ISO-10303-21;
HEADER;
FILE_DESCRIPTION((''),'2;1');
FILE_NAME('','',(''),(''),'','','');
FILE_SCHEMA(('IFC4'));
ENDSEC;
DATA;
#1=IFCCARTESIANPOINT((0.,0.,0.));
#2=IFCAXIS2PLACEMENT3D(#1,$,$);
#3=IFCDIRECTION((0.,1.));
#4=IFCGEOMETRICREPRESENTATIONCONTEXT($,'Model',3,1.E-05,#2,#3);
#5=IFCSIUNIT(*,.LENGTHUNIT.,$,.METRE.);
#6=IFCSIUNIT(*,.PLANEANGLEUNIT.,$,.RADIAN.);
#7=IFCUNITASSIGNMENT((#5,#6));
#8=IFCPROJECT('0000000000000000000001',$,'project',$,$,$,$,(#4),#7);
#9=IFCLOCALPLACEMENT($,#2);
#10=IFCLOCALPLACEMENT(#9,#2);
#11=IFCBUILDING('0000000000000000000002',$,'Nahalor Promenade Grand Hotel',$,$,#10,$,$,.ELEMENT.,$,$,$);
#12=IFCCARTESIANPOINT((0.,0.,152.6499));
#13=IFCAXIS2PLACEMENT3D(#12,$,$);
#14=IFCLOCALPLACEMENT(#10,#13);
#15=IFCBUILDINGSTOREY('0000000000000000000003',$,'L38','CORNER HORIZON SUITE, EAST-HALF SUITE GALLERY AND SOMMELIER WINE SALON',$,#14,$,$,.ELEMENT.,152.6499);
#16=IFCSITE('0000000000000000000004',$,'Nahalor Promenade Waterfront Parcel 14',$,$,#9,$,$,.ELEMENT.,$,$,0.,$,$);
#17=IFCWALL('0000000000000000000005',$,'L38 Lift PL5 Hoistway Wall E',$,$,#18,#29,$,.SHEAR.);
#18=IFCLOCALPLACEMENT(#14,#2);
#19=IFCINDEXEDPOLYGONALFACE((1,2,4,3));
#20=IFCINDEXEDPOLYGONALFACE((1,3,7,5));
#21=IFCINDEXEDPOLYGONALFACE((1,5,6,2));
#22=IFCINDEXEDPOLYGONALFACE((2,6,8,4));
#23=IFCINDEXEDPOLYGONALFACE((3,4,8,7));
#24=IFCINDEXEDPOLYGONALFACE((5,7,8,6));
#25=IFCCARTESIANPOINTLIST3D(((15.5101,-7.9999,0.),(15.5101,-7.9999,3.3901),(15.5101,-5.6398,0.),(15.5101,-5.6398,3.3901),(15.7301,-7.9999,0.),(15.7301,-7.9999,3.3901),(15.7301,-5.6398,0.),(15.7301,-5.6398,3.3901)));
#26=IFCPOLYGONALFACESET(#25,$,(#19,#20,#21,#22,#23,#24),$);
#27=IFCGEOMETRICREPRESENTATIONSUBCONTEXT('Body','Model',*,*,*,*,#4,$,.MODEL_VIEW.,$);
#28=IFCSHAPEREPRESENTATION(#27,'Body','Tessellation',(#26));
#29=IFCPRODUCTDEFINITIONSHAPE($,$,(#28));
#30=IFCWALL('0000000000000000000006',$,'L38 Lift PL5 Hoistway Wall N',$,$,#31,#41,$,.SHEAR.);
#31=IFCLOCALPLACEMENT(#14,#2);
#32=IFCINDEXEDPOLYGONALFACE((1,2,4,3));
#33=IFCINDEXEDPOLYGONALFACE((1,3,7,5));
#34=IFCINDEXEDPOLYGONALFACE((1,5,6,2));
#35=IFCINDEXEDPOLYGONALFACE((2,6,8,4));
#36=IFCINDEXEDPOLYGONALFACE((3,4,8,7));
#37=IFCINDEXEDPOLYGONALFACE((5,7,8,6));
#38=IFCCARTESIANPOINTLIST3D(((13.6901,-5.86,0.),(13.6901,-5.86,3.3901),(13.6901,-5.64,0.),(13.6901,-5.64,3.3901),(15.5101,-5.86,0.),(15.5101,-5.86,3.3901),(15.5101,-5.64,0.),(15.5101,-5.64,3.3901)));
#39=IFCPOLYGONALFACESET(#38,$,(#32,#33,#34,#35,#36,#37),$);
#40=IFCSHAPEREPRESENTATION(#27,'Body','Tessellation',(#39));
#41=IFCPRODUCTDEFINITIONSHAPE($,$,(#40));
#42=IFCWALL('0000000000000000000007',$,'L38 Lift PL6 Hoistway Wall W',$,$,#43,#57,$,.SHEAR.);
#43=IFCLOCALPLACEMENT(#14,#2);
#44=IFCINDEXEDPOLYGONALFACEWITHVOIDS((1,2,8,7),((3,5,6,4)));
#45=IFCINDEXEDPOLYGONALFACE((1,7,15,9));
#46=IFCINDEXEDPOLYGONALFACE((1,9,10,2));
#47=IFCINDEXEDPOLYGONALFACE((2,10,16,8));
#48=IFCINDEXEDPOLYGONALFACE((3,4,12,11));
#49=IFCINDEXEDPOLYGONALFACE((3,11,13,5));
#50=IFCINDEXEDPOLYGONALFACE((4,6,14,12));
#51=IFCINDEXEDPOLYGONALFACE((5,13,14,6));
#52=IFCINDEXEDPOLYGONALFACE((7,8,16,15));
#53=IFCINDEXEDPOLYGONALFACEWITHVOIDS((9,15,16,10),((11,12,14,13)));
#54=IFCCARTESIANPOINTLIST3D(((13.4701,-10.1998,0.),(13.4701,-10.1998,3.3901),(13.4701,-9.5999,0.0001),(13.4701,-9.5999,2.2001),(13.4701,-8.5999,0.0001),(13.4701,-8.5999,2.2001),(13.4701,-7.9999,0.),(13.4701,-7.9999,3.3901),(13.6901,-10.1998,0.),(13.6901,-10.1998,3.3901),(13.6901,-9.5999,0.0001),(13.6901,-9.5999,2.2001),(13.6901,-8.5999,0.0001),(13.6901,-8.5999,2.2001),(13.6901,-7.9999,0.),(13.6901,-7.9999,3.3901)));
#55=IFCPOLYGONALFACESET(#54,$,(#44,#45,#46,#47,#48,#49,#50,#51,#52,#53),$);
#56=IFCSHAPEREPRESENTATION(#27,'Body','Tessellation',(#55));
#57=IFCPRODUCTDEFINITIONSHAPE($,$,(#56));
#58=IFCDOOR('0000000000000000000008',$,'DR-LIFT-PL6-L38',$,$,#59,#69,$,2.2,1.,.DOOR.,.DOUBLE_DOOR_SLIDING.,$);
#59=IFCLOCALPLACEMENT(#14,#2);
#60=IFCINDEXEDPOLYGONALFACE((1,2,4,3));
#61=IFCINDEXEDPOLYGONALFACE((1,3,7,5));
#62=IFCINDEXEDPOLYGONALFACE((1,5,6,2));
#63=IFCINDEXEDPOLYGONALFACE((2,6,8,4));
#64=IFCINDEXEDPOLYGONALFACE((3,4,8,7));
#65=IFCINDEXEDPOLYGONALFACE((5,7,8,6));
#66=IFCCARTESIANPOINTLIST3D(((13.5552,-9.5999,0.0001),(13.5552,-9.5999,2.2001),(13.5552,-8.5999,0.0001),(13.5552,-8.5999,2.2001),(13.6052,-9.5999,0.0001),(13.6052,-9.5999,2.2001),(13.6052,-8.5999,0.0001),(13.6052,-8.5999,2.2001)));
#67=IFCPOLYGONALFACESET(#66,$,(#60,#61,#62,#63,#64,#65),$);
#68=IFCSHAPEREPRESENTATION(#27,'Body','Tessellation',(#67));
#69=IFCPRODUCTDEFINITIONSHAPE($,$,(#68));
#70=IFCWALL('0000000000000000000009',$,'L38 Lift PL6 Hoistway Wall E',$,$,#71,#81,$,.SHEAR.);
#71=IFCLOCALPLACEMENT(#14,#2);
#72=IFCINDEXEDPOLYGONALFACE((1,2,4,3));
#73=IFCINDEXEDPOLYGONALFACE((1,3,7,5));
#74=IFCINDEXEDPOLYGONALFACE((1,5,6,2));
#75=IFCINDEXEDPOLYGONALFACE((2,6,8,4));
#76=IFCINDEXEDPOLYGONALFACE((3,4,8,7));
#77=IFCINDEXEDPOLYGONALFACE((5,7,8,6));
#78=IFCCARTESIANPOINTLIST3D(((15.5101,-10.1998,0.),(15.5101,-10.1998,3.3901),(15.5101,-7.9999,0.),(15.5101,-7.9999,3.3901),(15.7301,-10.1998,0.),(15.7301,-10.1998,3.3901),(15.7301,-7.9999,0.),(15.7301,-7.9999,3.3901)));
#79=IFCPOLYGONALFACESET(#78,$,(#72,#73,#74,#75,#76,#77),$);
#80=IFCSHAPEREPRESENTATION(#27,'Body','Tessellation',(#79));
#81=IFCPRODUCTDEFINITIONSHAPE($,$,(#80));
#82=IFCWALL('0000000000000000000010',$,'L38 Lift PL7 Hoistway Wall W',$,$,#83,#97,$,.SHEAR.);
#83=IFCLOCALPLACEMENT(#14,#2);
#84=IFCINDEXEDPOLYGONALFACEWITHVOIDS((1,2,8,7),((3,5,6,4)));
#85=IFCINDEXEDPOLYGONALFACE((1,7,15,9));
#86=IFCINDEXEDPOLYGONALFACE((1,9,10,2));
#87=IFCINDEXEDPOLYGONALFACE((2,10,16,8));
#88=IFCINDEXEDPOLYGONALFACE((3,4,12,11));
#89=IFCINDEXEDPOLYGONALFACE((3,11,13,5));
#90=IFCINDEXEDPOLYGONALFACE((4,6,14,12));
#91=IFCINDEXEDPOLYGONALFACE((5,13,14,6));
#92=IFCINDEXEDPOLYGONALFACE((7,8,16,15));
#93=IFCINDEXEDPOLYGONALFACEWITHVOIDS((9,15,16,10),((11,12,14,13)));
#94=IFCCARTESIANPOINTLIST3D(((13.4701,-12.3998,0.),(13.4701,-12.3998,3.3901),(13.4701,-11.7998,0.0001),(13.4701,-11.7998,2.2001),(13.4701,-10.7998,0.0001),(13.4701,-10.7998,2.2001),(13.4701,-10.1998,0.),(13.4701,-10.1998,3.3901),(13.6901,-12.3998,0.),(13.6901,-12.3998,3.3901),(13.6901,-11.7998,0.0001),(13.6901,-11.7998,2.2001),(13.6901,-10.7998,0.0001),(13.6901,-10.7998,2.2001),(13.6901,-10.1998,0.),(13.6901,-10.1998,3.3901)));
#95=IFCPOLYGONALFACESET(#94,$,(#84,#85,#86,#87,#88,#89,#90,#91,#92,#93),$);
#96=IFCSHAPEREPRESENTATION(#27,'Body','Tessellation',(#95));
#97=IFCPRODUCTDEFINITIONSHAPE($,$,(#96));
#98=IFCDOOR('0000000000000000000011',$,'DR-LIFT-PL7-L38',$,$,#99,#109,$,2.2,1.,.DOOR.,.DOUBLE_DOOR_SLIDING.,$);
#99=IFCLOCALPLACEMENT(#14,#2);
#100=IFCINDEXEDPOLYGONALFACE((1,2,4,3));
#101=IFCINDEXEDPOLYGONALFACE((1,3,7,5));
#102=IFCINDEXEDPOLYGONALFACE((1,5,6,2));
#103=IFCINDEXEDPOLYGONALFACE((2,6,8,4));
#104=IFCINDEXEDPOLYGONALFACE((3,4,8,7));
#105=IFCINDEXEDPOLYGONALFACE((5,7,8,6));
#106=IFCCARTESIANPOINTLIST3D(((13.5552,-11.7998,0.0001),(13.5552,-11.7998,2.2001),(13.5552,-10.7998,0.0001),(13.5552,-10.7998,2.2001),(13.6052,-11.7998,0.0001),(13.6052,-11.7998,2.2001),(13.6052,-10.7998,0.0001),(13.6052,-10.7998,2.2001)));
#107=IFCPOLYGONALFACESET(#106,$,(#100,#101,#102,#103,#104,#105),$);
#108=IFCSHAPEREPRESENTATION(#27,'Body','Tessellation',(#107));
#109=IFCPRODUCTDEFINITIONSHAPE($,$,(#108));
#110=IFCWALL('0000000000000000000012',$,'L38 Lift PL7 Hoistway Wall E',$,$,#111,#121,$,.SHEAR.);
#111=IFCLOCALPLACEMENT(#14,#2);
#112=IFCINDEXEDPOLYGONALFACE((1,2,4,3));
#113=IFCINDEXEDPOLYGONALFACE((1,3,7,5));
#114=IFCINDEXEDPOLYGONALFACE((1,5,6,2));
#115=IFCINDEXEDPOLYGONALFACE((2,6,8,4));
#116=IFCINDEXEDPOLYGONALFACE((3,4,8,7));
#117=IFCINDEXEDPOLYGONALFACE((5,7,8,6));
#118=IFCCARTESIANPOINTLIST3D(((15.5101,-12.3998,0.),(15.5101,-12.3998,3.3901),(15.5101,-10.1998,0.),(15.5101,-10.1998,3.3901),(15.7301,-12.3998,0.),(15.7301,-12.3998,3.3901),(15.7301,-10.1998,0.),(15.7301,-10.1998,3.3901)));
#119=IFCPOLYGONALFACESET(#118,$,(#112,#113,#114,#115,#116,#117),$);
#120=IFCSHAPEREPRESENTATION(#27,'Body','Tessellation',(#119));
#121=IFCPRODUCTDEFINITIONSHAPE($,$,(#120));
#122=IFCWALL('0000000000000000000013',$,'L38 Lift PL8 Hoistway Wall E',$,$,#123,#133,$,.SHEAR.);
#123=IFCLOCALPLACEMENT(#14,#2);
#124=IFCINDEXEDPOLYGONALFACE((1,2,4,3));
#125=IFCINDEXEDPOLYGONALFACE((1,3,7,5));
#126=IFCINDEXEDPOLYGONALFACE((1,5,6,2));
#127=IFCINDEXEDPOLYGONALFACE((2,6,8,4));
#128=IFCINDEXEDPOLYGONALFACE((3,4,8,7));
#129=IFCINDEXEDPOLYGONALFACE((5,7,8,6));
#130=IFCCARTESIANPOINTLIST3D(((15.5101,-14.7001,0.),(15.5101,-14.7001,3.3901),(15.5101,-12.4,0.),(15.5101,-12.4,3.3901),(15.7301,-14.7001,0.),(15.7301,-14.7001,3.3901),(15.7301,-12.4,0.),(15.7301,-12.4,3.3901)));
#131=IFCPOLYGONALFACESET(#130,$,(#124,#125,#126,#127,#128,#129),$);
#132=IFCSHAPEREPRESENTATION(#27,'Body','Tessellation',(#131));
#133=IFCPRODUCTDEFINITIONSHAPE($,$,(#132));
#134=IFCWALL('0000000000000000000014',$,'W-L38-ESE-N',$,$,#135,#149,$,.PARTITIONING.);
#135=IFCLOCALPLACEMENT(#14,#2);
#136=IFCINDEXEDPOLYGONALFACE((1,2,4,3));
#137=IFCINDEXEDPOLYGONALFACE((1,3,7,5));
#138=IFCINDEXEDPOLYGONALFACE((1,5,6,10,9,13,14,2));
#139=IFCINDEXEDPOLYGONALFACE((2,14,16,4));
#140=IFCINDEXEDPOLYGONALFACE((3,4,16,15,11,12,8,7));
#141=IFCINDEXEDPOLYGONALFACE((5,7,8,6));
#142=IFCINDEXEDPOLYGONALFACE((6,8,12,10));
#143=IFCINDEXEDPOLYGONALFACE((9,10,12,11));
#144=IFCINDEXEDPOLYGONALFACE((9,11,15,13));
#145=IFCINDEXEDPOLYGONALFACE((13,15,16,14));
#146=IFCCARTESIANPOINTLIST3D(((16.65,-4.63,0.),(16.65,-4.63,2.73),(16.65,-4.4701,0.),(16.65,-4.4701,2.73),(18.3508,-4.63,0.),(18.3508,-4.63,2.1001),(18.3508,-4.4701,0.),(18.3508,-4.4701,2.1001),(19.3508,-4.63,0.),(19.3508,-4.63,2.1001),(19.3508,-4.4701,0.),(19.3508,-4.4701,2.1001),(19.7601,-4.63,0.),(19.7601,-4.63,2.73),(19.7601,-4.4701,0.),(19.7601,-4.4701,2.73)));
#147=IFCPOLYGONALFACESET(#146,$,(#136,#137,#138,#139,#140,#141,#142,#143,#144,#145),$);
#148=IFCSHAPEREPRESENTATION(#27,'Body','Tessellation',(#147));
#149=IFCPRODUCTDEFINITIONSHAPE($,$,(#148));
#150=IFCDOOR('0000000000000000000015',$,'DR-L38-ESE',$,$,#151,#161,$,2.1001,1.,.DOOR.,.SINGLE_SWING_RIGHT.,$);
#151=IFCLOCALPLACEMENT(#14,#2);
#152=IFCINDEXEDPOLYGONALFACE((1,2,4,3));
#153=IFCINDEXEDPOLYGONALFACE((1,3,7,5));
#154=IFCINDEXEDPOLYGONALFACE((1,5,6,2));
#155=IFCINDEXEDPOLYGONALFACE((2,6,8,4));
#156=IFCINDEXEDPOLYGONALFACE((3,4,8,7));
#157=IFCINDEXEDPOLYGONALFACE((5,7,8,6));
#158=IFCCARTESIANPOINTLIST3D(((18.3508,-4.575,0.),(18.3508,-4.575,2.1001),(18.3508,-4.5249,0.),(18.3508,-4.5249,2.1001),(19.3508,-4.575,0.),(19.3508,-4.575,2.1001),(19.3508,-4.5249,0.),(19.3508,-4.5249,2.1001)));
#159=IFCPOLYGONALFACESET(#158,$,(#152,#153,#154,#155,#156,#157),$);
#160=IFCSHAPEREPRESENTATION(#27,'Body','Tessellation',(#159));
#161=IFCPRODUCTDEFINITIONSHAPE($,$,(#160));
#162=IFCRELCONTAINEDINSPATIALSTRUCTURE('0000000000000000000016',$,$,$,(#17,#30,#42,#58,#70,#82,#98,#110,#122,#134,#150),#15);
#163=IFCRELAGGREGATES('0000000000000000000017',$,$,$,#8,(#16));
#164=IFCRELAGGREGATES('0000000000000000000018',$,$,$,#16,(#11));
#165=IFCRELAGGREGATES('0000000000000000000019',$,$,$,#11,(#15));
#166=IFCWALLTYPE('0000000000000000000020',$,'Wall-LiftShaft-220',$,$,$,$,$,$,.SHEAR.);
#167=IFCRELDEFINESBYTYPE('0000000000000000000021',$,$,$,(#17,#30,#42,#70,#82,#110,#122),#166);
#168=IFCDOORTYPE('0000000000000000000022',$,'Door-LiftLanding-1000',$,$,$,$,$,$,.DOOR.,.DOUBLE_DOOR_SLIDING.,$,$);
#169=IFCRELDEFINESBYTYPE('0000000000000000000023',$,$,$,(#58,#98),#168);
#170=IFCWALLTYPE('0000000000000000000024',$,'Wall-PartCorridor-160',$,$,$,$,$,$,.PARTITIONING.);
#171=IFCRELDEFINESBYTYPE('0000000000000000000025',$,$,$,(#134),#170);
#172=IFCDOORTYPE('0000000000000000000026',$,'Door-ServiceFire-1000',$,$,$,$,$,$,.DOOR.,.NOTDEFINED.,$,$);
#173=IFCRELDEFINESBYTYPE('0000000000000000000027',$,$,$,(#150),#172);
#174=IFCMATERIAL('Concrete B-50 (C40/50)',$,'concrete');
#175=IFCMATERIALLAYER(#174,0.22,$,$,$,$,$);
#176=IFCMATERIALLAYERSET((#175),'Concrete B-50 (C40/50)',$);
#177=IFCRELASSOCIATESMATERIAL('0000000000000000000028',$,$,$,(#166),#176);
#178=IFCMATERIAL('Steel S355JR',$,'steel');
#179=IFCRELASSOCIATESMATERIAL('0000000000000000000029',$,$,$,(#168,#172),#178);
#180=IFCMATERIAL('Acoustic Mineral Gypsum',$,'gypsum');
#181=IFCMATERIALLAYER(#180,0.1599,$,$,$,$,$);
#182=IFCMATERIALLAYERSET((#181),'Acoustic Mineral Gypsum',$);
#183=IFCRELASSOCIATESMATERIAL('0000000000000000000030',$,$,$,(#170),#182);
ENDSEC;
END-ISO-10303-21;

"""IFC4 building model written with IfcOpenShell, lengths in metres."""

from ifc_helpers import new_model, si_unit, direction, frame, frame_2d, origin, place, context, subcontext, project, spatial, rectangle, extrude, source, transform, mapped, material, layer, layer_set, type_object, element, fill, save


model = new_model("IFC4")

# Units and contexts
model_context = context("Model", 3, precision=1e-05, world=origin(), true_north=direction((0.0, 1.0)))
body_context = subcontext(model_context, "Body", "Model", "MODEL_VIEW")
ifc_project = project(units=[si_unit("LENGTHUNIT", "METRE"), si_unit("PLANEANGLEUNIT", "RADIAN")], contexts=[model_context])

# Site, building, storey
site_placement = place(None, origin())
site = spatial("IfcSite", under=ifc_project, at=site_placement, Name="Nahalor Promenade Waterfront Parcel 14", CompositionType="ELEMENT", RefElevation=0.0)
building_placement = place(site_placement, origin())
building = spatial("IfcBuilding", under=site, at=building_placement, Name="Nahalor Promenade Grand Hotel", CompositionType="ELEMENT")
storey_placement = place(building_placement, frame((0.0, 0.0, 152.6499)))
storey = spatial("IfcBuildingStorey", under=building, at=storey_placement, Name="L38", Description="CORNER HORIZON SUITE, EAST-HALF SUITE GALLERY AND SOMMELIER WINE SALON", CompositionType="ELEMENT", Elevation=152.6499)

# Shared definitions
ifc_material_1 = material(Name="Steel S355JR", Category="steel")

# Shared definitions
ifc_material_2 = material(Name="Concrete B-50 (C40/50)", Category="concrete")
ifc_layer_1 = layer(ifc_material_2, 0.22)
ifc_layer_set_1 = layer_set([ifc_layer_1], Name="Concrete B-50 (C40/50)")
wall_type_1 = type_object("IfcWallType", Name="Wall-LiftShaft-220", PredefinedType="SHEAR", material=ifc_layer_set_1)

# Shared definitions
shared_shape_1 = source(origin(), body_context, "Body", "SweptSolid", [
    extrude(rectangle(XDim=2.3601, YDim=0.22, at=frame_2d((1.1802, 0.0))), origin(), (0.0, 0.0, 1.0), 3.3901),
])
door_type_1 = type_object("IfcDoorType", Name="Door-LiftLanding-1000", OperationType="DOUBLE_DOOR_SLIDING", PredefinedType="DOOR", material=ifc_material_1)
shared_shape_2 = source(origin(), body_context, "Body", "SweptSolid", [
    extrude(rectangle(XDim=1.0, YDim=2.2, at=frame_2d((0.5, 1.1001))), frame((0.0, 0.0249, 0.0), z_axis=(0.0, -1.0, 0.0), x_axis=(1.0, 0.0, 0.0)), (0.0, 0.0, 1.0), 0.05),
])

# Walls
wall_1_placement = place(storey_placement, frame((15.6201, -8.0, 0.0), z_axis=(0.0, 0.0, 1.0), x_axis=(0.0, 1.0, 0.0)))
element("IfcWall", 1, at=wall_1_placement, inside=storey, type_object=wall_type_1, Name="L38 Lift PL5 Hoistway Wall E", PredefinedType="SHEAR", context=body_context, shape_type="MappedRepresentation", body=[
    mapped(shared_shape_1, transform((0.0, 0.0, 0.0), scale=1.0)),
])
shared_shape_3 = source(origin(), body_context, "Body", "SweptSolid", [
    extrude(rectangle(XDim=1.8201, YDim=0.22, at=frame_2d((0.9102, 0.0))), origin(), (0.0, 0.0, 1.0), 3.3901),
])
wall_2_placement = place(storey_placement, frame((13.6899, -5.75, 0.0), z_axis=(0.0, 0.0, 1.0), x_axis=(1.0, 0.0, 0.0)))
element("IfcWall", 2, at=wall_2_placement, inside=storey, type_object=wall_type_1, Name="L38 Lift PL5 Hoistway Wall N", PredefinedType="SHEAR", context=body_context, shape_type="MappedRepresentation", body=[
    mapped(shared_shape_3, transform((0.0, 0.0, 0.0), scale=1.0)),
])

# Wall, opening, door
shared_shape_4 = source(origin(), body_context, "Body", "SweptSolid", [
    extrude(rectangle(XDim=2.2, YDim=0.22, at=frame_2d((1.1001, 0.0))), origin(), (0.0, 0.0, 1.0), 3.3901),
])
wall_3_placement = place(storey_placement, frame((13.5801, -10.2, 0.0), z_axis=(0.0, 0.0, 1.0), x_axis=(0.0, 1.0, 0.0)))
wall_3 = element("IfcWall", 3, at=wall_3_placement, inside=storey, type_object=wall_type_1, Name="L38 Lift PL6 Hoistway Wall W", PredefinedType="SHEAR", context=body_context, shape_type="MappedRepresentation", body=[
    mapped(shared_shape_4, transform((0.0, 0.0, 0.0), scale=1.0)),
])
opening_1_placement = place(wall_3_placement, frame((0.6001, 0.0, 0.0)))
opening_1 = element("IfcOpeningElement", 4, at=opening_1_placement, cuts=wall_3, PredefinedType="OPENING", context=body_context, shape_type="SweptSolid", body=[
    extrude(rectangle(XDim=1.0, YDim=2.2, at=frame_2d((0.5, 1.1001))), frame((0.0, 0.1199, 0.0), z_axis=(0.0, -1.0, 0.0), x_axis=(1.0, 0.0, 0.0)), (0.0, 0.0, 1.0), 0.24),
])
door_1_placement = place(opening_1_placement, origin())
door_1 = element("IfcDoor", 5, at=door_1_placement, inside=storey, type_object=door_type_1, Name="DR-LIFT-PL6-L38", OperationType="DOUBLE_DOOR_SLIDING", OverallHeight=2.2, OverallWidth=1.0, PredefinedType="DOOR", context=body_context, shape_type="MappedRepresentation", body=[
    mapped(shared_shape_2, transform((0.0, 0.0, 0.0), scale=1.0)),
])
fill(opening_1, door_1)

# Wall
wall_4_placement = place(storey_placement, frame((15.6201, -10.2, 0.0), z_axis=(0.0, 0.0, 1.0), x_axis=(0.0, 1.0, 0.0)))
element("IfcWall", 6, at=wall_4_placement, inside=storey, type_object=wall_type_1, Name="L38 Lift PL6 Hoistway Wall E", PredefinedType="SHEAR", context=body_context, shape_type="MappedRepresentation", body=[
    mapped(shared_shape_4, transform((0.0, 0.0, 0.0), scale=1.0)),
])

# Wall, opening, door
wall_5_placement = place(storey_placement, frame((13.5801, -12.3999, 0.0), z_axis=(0.0, 0.0, 1.0), x_axis=(0.0, 1.0, 0.0)))
wall_5 = element("IfcWall", 7, at=wall_5_placement, inside=storey, type_object=wall_type_1, Name="L38 Lift PL7 Hoistway Wall W", PredefinedType="SHEAR", context=body_context, shape_type="MappedRepresentation", body=[
    mapped(shared_shape_4, transform((0.0, 0.0, 0.0), scale=1.0)),
])
opening_2_placement = place(wall_5_placement, frame((0.6001, 0.0, 0.0)))
opening_2 = element("IfcOpeningElement", 8, at=opening_2_placement, cuts=wall_5, PredefinedType="OPENING", context=body_context, shape_type="SweptSolid", body=[
    extrude(rectangle(XDim=1.0, YDim=2.2, at=frame_2d((0.5, 1.1001))), frame((0.0, 0.1199, 0.0), z_axis=(0.0, -1.0, 0.0), x_axis=(1.0, 0.0, 0.0)), (0.0, 0.0, 1.0), 0.24),
])
door_2_placement = place(opening_2_placement, origin())
door_2 = element("IfcDoor", 9, at=door_2_placement, inside=storey, type_object=door_type_1, Name="DR-LIFT-PL7-L38", OperationType="DOUBLE_DOOR_SLIDING", OverallHeight=2.2, OverallWidth=1.0, PredefinedType="DOOR", context=body_context, shape_type="MappedRepresentation", body=[
    mapped(shared_shape_2, transform((0.0, 0.0, 0.0), scale=1.0)),
])
fill(opening_2, door_2)

# Walls
wall_6_placement = place(storey_placement, frame((15.6201, -12.3999, 0.0), z_axis=(0.0, 0.0, 1.0), x_axis=(0.0, 1.0, 0.0)))
element("IfcWall", 10, at=wall_6_placement, inside=storey, type_object=wall_type_1, Name="L38 Lift PL7 Hoistway Wall E", PredefinedType="SHEAR", context=body_context, shape_type="MappedRepresentation", body=[
    mapped(shared_shape_4, transform((0.0, 0.0, 0.0), scale=1.0)),
])
shared_shape_5 = source(origin(), body_context, "Body", "SweptSolid", [
    extrude(rectangle(XDim=2.3, YDim=0.22, at=frame_2d((1.1499, 0.0))), origin(), (0.0, 0.0, 1.0), 3.3901),
])
wall_7_placement = place(storey_placement, frame((15.6201, -14.7, 0.0), z_axis=(0.0, 0.0, 1.0), x_axis=(0.0, 1.0, 0.0)))
element("IfcWall", 11, at=wall_7_placement, inside=storey, type_object=wall_type_1, Name="L38 Lift PL8 Hoistway Wall E", PredefinedType="SHEAR", context=body_context, shape_type="MappedRepresentation", body=[
    mapped(shared_shape_5, transform((0.0, 0.0, 0.0), scale=1.0)),
])

# Wall, opening, door
ifc_material_3 = material(Name="Acoustic Mineral Gypsum", Category="gypsum")
ifc_layer_2 = layer(ifc_material_3, 0.1599)
ifc_layer_set_2 = layer_set([ifc_layer_2], Name="Acoustic Mineral Gypsum")
wall_type_2 = type_object("IfcWallType", Name="Wall-PartCorridor-160", PredefinedType="PARTITIONING", material=ifc_layer_set_2)
shared_shape_6 = source(origin(), body_context, "Body", "SweptSolid", [
    extrude(rectangle(XDim=3.1101, YDim=0.1599, at=frame_2d((1.5552, 0.0))), origin(), (0.0, 0.0, 1.0), 2.73),
])
wall_8_placement = place(storey_placement, frame((16.6499, -4.55, 0.0), z_axis=(0.0, 0.0, 1.0), x_axis=(1.0, 0.0, 0.0)))
wall_8 = element("IfcWall", 12, at=wall_8_placement, inside=storey, type_object=wall_type_2, Name="W-L38-ESE-N", PredefinedType="PARTITIONING", context=body_context, shape_type="MappedRepresentation", body=[
    mapped(shared_shape_6, transform((0.0, 0.0, 0.0), scale=1.0)),
])
opening_3_placement = place(wall_8_placement, frame((1.7009, 0.0, 0.0)))
opening_3 = element("IfcOpeningElement", 13, at=opening_3_placement, cuts=wall_8, PredefinedType="OPENING", context=body_context, shape_type="SweptSolid", body=[
    extrude(rectangle(XDim=1.0, YDim=2.1001, at=frame_2d((0.5, 1.05))), frame((0.0, 0.0898, 0.0), z_axis=(0.0, -1.0, 0.0), x_axis=(1.0, 0.0, 0.0)), (0.0, 0.0, 1.0), 0.1799),
])
door_type_2 = type_object("IfcDoorType", Name="Door-ServiceFire-1000", OperationType="NOTDEFINED", PredefinedType="DOOR", material=ifc_material_1)
shared_shape_7 = source(origin(), body_context, "Body", "SweptSolid", [
    extrude(rectangle(XDim=1.0, YDim=2.1001, at=frame_2d((0.5, 1.05))), frame((0.0, 0.0249, 0.0), z_axis=(0.0, -1.0, 0.0), x_axis=(1.0, 0.0, 0.0)), (0.0, 0.0, 1.0), 0.05),
])
door_3_placement = place(opening_3_placement, frame((1.0, 0.0, 0.0), z_axis=(0.0, 0.0, 1.0), x_axis=(-1.0, 0.0, 0.0)))
door_3 = element("IfcDoor", 14, at=door_3_placement, inside=storey, type_object=door_type_2, Name="DR-L38-ESE", OperationType="SINGLE_SWING_RIGHT", OverallHeight=2.1001, OverallWidth=1.0, PredefinedType="DOOR", context=body_context, shape_type="MappedRepresentation", body=[
    mapped(shared_shape_7, transform((0.0, 0.0, 0.0), scale=1.0)),
])
fill(opening_3, door_3)

save(model, "model.ifc")
